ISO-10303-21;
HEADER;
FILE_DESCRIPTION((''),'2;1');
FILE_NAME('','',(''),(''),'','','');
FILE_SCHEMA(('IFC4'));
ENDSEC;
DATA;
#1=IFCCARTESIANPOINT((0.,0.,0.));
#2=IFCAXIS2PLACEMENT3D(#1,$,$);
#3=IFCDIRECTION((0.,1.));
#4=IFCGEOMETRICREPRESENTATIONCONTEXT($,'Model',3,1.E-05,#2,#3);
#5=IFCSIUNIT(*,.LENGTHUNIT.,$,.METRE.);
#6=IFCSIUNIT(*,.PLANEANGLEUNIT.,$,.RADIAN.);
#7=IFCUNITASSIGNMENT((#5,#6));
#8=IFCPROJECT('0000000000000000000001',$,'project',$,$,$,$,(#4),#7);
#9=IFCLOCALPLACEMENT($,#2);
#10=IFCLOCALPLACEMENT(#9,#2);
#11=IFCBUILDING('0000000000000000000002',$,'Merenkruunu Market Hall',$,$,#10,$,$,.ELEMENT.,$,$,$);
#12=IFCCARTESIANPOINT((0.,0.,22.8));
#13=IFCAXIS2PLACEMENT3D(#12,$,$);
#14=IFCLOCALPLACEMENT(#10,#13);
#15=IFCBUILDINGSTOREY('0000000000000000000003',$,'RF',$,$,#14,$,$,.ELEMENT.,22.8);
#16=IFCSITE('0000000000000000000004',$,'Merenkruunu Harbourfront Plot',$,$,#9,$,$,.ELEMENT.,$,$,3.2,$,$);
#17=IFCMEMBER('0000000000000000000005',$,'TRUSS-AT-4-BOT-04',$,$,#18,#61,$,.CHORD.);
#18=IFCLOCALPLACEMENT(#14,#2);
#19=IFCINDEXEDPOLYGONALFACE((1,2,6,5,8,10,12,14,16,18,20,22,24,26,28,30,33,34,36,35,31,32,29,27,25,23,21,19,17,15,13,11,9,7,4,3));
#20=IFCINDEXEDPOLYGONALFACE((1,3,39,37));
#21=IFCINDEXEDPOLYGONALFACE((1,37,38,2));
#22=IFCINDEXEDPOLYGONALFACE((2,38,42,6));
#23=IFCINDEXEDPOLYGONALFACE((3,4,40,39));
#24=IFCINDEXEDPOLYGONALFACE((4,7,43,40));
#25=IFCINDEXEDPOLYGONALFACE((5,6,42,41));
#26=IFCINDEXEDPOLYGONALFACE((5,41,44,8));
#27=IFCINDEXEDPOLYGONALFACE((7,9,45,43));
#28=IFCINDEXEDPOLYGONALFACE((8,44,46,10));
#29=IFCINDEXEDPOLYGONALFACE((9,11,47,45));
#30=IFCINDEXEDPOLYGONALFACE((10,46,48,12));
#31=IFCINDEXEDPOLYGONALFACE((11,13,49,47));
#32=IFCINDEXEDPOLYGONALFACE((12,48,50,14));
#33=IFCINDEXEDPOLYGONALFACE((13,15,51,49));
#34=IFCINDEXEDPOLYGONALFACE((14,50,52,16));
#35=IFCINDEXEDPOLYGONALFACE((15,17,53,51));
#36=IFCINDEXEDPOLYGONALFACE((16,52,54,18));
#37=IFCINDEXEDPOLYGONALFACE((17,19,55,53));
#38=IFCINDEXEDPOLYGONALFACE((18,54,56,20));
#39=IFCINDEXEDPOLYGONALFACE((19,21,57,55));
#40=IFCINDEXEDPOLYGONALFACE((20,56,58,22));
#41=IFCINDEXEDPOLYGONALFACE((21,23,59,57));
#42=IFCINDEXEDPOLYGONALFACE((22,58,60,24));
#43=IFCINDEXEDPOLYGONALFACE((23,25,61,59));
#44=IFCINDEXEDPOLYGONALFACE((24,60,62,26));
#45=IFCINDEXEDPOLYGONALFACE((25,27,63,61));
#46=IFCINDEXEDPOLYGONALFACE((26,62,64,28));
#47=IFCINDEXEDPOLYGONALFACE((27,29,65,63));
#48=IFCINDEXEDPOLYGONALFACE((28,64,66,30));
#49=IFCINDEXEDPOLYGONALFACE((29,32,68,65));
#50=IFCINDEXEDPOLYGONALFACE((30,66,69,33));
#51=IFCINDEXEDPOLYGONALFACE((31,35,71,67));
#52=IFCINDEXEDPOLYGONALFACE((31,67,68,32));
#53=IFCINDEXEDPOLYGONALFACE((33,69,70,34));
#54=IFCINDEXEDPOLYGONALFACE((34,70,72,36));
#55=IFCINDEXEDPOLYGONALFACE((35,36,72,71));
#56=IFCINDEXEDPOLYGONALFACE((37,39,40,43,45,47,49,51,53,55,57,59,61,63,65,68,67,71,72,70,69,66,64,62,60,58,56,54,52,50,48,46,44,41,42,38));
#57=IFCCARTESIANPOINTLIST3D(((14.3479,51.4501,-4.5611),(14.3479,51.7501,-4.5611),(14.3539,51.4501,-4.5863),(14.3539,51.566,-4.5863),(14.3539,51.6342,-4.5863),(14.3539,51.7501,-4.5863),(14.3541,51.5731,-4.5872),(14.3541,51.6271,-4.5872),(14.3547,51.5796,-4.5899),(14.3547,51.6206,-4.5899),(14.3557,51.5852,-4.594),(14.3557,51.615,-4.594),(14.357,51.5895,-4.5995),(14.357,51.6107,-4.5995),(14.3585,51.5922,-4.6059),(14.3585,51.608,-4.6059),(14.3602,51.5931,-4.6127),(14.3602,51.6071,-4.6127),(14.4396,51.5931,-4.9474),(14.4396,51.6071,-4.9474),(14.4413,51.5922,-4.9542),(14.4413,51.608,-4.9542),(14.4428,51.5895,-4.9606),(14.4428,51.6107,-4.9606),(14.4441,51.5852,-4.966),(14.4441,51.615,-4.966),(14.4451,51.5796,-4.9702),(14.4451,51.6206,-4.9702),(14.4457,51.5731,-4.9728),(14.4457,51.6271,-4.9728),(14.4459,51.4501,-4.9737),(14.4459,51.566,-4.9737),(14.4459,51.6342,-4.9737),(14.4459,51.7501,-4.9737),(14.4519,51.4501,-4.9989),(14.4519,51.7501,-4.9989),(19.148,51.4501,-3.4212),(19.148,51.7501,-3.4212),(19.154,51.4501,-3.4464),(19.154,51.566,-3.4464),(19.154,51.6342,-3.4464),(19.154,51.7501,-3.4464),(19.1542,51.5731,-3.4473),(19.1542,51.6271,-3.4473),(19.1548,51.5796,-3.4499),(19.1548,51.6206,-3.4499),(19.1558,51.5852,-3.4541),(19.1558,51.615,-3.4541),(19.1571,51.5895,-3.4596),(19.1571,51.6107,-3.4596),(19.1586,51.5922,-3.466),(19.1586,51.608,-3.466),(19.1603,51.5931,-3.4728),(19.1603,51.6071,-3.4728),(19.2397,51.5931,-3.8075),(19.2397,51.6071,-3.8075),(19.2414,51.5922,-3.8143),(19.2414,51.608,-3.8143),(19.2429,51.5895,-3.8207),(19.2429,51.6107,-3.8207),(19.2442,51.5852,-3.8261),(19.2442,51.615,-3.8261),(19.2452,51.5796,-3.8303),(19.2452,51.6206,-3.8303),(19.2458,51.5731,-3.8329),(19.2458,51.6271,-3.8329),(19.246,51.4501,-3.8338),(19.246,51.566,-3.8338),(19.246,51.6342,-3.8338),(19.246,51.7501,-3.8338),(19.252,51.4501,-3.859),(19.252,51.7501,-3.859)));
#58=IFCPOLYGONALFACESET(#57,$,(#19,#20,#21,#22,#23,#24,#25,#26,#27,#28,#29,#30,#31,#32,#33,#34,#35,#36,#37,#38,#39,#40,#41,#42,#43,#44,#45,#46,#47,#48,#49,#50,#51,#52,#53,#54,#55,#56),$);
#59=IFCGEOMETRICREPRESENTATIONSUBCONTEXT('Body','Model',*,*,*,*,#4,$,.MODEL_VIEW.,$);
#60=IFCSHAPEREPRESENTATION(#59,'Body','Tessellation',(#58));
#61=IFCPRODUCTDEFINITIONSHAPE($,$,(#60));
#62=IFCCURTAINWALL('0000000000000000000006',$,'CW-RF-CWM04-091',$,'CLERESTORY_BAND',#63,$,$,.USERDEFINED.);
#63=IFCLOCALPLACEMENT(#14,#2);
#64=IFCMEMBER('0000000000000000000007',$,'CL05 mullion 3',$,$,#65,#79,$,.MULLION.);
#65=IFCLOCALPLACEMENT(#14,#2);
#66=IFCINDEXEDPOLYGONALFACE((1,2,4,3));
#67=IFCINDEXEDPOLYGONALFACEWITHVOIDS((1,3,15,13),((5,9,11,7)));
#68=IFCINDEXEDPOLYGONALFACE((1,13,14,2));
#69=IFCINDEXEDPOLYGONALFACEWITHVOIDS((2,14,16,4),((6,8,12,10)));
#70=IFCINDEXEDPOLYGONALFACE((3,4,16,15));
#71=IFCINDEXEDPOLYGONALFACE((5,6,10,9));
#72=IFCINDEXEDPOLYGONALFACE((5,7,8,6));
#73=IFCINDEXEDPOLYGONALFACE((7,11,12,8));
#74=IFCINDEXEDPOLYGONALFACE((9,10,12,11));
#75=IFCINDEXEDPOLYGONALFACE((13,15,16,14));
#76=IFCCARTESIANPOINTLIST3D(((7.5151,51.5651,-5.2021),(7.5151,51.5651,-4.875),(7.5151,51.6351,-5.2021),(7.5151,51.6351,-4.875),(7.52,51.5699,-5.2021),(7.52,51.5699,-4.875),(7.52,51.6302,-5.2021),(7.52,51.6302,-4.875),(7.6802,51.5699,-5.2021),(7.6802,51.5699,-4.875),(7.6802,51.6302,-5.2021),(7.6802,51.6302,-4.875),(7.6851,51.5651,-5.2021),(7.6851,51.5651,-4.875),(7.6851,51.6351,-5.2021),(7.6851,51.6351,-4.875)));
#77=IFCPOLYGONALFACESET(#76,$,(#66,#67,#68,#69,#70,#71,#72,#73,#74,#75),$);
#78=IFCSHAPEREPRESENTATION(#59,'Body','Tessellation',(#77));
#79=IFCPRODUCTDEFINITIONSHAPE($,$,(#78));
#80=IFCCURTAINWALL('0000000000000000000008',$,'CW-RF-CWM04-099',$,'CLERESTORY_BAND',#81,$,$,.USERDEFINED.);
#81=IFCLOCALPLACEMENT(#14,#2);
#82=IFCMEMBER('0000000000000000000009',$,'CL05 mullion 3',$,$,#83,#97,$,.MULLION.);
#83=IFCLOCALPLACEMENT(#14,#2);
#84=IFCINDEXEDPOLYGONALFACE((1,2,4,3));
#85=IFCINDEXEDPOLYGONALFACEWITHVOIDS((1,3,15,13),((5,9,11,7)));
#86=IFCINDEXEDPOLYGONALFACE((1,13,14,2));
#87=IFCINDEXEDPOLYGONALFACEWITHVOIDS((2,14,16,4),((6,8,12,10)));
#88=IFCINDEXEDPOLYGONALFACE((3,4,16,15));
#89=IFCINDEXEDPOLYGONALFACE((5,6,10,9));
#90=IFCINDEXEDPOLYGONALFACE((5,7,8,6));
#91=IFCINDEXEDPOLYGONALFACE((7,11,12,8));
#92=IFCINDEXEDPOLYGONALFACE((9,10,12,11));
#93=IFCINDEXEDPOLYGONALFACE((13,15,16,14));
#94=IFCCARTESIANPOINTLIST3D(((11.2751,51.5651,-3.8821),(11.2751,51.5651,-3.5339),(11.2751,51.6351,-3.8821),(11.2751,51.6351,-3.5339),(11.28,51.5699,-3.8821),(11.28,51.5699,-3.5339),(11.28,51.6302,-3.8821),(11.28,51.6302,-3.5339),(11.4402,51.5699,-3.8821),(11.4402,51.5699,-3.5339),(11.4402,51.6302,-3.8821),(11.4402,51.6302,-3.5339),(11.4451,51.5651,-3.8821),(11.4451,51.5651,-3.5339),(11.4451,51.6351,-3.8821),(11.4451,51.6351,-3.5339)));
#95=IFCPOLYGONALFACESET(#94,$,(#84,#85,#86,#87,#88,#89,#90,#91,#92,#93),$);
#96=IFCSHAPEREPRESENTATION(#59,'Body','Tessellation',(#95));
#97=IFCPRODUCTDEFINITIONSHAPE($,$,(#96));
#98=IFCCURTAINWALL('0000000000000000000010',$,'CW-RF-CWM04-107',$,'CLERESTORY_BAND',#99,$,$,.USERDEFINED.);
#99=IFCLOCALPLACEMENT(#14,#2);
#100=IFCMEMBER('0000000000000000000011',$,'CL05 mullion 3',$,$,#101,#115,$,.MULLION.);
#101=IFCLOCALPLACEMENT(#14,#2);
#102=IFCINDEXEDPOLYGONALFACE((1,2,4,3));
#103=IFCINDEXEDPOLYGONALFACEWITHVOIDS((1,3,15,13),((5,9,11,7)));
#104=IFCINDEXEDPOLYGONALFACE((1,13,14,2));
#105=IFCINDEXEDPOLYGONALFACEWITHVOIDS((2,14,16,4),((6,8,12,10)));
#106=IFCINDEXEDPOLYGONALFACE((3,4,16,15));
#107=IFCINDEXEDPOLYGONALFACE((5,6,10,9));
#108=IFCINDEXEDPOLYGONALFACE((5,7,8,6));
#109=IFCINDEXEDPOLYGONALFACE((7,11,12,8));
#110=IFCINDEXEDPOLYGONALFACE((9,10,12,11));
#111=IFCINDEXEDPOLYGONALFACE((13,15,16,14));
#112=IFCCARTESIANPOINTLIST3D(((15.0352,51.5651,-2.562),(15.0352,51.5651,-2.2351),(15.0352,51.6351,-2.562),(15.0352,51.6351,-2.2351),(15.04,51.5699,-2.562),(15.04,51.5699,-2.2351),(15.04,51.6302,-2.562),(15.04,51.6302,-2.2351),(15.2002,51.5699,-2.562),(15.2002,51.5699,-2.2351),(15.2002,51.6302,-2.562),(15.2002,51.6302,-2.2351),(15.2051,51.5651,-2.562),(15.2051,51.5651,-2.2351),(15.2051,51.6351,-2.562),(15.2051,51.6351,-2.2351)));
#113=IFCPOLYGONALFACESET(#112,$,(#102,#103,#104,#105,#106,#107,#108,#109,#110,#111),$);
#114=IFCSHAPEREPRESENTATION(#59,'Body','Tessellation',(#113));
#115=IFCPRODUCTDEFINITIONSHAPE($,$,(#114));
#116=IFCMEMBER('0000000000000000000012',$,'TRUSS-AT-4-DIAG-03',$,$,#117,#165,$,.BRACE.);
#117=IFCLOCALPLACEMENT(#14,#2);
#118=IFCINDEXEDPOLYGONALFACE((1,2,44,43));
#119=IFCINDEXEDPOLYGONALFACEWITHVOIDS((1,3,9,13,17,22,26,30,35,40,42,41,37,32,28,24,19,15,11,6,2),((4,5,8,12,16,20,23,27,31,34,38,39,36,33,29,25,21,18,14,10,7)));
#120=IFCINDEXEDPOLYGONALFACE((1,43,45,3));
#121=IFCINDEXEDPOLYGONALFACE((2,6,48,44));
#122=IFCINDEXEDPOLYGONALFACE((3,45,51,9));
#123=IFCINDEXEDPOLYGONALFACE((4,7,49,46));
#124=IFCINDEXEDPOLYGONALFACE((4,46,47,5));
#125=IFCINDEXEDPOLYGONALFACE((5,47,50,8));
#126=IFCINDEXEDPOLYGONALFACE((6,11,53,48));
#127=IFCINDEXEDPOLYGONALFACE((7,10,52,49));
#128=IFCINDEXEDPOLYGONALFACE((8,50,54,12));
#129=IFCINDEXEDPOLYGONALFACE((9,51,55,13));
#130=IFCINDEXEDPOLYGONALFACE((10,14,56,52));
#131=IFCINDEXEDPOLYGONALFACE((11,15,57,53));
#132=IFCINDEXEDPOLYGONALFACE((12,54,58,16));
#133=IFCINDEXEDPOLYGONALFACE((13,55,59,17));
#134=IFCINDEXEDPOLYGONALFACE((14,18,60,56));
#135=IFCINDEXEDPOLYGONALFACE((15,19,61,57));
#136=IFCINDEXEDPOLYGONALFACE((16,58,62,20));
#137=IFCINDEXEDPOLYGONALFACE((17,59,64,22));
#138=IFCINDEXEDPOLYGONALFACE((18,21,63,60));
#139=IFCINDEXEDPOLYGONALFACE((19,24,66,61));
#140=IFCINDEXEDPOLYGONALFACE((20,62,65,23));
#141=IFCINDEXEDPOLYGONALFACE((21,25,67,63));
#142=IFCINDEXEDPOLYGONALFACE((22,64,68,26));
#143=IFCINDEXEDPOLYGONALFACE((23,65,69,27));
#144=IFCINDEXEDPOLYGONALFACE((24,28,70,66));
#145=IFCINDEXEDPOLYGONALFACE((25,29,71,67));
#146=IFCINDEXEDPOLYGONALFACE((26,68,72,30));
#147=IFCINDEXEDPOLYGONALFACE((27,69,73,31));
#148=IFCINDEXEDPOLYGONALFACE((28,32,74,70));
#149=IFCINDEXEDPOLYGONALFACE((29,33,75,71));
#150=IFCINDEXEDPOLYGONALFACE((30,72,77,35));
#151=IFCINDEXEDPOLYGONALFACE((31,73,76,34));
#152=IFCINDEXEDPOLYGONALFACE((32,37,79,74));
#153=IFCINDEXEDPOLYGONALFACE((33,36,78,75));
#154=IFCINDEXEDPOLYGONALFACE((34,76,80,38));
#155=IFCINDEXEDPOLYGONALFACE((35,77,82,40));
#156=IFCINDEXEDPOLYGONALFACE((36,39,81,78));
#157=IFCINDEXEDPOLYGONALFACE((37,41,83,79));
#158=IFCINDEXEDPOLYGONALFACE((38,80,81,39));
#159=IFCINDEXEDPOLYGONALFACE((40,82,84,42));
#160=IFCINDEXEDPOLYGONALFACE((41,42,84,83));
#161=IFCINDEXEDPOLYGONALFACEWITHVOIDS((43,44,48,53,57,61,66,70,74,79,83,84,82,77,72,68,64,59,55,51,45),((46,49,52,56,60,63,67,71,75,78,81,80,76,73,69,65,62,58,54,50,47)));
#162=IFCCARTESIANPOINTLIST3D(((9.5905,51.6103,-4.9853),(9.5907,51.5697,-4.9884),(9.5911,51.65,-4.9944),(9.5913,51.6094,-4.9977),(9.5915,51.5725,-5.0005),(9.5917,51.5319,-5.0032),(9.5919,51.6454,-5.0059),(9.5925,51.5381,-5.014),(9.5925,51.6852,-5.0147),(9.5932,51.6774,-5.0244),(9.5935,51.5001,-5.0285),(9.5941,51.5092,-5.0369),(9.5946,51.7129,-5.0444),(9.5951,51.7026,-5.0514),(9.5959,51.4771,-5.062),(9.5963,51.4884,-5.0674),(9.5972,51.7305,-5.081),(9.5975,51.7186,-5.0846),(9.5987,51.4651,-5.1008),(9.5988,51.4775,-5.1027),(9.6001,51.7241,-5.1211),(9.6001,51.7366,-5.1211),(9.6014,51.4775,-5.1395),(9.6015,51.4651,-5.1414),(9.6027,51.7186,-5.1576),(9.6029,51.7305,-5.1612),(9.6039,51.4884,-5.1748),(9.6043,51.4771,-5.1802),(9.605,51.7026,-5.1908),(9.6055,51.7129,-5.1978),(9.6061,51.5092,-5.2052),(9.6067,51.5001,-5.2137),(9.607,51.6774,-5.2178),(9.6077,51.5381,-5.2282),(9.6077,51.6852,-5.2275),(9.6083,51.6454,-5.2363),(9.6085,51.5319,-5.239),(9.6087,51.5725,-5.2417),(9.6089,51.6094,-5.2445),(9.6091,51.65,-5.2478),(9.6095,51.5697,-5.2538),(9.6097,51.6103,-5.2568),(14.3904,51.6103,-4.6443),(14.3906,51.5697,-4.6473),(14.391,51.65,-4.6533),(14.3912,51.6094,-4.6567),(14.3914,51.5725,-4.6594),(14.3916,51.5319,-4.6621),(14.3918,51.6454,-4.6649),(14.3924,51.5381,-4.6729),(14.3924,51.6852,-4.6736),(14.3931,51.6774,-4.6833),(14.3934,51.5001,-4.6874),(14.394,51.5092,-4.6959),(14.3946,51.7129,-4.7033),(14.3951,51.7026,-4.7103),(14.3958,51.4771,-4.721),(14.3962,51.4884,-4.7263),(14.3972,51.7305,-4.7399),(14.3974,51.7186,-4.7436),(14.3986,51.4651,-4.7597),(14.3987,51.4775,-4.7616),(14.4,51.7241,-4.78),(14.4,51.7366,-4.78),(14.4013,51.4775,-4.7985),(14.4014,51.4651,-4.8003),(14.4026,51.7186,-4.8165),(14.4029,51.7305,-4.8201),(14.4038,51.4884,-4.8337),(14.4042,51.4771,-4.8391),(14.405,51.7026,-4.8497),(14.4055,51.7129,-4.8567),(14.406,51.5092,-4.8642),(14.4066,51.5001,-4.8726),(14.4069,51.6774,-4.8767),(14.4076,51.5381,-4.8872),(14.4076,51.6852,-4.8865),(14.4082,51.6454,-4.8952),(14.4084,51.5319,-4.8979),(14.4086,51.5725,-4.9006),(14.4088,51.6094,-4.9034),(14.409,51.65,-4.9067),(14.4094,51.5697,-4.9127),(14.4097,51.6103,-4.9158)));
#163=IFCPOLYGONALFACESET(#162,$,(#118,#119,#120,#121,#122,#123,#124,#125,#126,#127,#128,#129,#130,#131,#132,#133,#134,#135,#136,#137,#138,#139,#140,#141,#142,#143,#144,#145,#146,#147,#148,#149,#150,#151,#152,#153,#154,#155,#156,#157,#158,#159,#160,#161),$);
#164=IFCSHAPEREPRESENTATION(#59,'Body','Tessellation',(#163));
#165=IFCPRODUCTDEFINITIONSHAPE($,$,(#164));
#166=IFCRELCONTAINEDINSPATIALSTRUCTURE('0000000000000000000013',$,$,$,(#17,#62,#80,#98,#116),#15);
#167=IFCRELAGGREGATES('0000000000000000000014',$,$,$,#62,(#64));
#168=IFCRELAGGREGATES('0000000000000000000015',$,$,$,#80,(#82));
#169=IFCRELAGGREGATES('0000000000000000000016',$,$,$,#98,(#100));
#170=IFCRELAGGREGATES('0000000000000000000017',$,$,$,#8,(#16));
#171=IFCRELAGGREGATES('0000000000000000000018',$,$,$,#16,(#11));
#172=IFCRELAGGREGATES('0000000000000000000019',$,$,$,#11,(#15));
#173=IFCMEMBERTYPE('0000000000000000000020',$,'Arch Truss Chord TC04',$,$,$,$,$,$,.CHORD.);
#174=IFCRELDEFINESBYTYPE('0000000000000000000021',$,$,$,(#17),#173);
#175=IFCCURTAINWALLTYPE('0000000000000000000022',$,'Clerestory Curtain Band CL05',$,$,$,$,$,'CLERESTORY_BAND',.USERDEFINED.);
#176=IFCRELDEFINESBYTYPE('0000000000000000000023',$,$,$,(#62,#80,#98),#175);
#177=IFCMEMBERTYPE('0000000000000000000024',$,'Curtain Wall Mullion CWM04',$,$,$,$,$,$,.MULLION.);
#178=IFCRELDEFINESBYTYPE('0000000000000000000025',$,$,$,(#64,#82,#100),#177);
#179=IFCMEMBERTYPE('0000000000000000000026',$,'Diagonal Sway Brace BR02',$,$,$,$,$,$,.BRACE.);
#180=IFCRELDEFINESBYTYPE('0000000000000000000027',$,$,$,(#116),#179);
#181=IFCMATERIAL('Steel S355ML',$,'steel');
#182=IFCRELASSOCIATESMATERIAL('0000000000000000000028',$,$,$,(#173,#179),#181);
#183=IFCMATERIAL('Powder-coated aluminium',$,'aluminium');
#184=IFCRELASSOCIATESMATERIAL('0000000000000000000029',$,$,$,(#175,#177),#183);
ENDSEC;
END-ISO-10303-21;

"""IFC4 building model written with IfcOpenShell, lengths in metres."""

from ifc_helpers import new_model, si_unit, direction, frame, origin, origin_2d, place, context, subcontext, project, spatial, hollow_rectangle, hollow_circle, i_section, extrude, material, material_profile, profile_set, type_object, element, aggregate, save


model = new_model("IFC4")

# Units and contexts
model_context = context("Model", 3, precision=1e-05, world=origin(), true_north=direction((0.0, 1.0)))
body_context = subcontext(model_context, "Body", "Model", "MODEL_VIEW")
ifc_project = project(units=[si_unit("LENGTHUNIT", "METRE"), si_unit("PLANEANGLEUNIT", "RADIAN")], contexts=[model_context])

# Site, building, storey
site_placement = place(None, origin())
site = spatial("IfcSite", under=ifc_project, at=site_placement, Name="Merenkruunu Harbourfront Plot", CompositionType="ELEMENT", RefElevation=3.2)
building_placement = place(site_placement, origin())
building = spatial("IfcBuilding", under=site, at=building_placement, Name="Merenkruunu Market Hall", CompositionType="ELEMENT")
storey_placement = place(building_placement, frame((0.0, 0.0, 22.8)))
storey = spatial("IfcBuildingStorey", under=building, at=storey_placement, Name="RF", CompositionType="ELEMENT", Elevation=22.8)

# Member
ifc_material_1 = material(Name="Steel S355ML", Category="steel")
ifc_material_profile_1 = material_profile(ifc_material_1, i_section(OverallWidth=0.3, OverallDepth=0.45, WebThickness=0.0139, FlangeThickness=0.0259, FilletRadius=0.0271, at=origin_2d()), Name="HEB 450")
ifc_profile_set_1 = profile_set([ifc_material_profile_1], Name="Steel S355ML")
member_type_1 = type_object("IfcMemberType", Name="Arch Truss Chord TC04", PredefinedType="CHORD", material=ifc_profile_set_1)
member_1_placement = place(storey_placement, frame((14.3999, 51.6001, -4.78), z_axis=(0.972942, 0.0, 0.23105), x_axis=(0.0, 1.0, 0.0)))
element("IfcMember", 1, at=member_1_placement, inside=storey, type_object=member_type_1, Name="TRUSS-AT-4-BOT-04", PredefinedType="CHORD", context=body_context, shape_type="SweptSolid", body=[
    extrude(i_section(OverallWidth=0.3, OverallDepth=0.45, WebThickness=0.0139, FlangeThickness=0.0259, FilletRadius=0.0271, at=origin_2d()), origin(), (0.0, 0.0, 1.0), 4.9336),
])

# Curtain walls, members
ifc_material_2 = material(Name="Powder-coated aluminium", Category="aluminium")
curtain_wall_type = type_object("IfcCurtainWallType", Name="Clerestory Curtain Band CL05", ElementType="CLERESTORY_BAND", PredefinedType="USERDEFINED", material=ifc_material_2)
curtain_wall_1_placement = place(storey_placement, origin())
curtain_wall_1 = element("IfcCurtainWall", 2, at=curtain_wall_1_placement, inside=storey, type_object=curtain_wall_type, Name="CW-RF-CWM04-091", ObjectType="CLERESTORY_BAND", PredefinedType="USERDEFINED")
ifc_material_profile_2 = material_profile(ifc_material_2, hollow_rectangle(XDim=0.0701, YDim=0.1699, WallThickness=0.0049, at=origin_2d()), Name="ALU 70x170x5")
ifc_profile_set_2 = profile_set([ifc_material_profile_2], Name="Powder-coated aluminium")
member_type_2 = type_object("IfcMemberType", Name="Curtain Wall Mullion CWM04", PredefinedType="MULLION", material=ifc_profile_set_2)
member_2_placement = place(storey_placement, frame((7.6001, 51.6001, -5.2021), z_axis=(0.0, 0.0, 1.0), x_axis=(0.0, 1.0, 0.0)))
member_2 = element("IfcMember", 3, at=member_2_placement, type_object=member_type_2, Name="CL05 mullion 3", PredefinedType="MULLION", context=body_context, shape_type="SweptSolid", body=[
    extrude(hollow_rectangle(XDim=0.0701, YDim=0.1699, WallThickness=0.0049, at=origin_2d()), origin(), (0.0, 0.0, 1.0), 0.3271),
])
aggregate(curtain_wall_1, [member_2])
curtain_wall_2_placement = place(storey_placement, origin())
curtain_wall_2 = element("IfcCurtainWall", 4, at=curtain_wall_2_placement, inside=storey, type_object=curtain_wall_type, Name="CW-RF-CWM04-099", ObjectType="CLERESTORY_BAND", PredefinedType="USERDEFINED")
member_3_placement = place(storey_placement, frame((11.3601, 51.6001, -3.8821), z_axis=(0.0, 0.0, 1.0), x_axis=(0.0, 1.0, 0.0)))
member_3 = element("IfcMember", 5, at=member_3_placement, type_object=member_type_2, Name="CL05 mullion 3", PredefinedType="MULLION", context=body_context, shape_type="SweptSolid", body=[
    extrude(hollow_rectangle(XDim=0.0701, YDim=0.1699, WallThickness=0.0049, at=origin_2d()), origin(), (0.0, 0.0, 1.0), 0.3481),
])
aggregate(curtain_wall_2, [member_3])
curtain_wall_3_placement = place(storey_placement, origin())
curtain_wall_3 = element("IfcCurtainWall", 6, at=curtain_wall_3_placement, inside=storey, type_object=curtain_wall_type, Name="CW-RF-CWM04-107", ObjectType="CLERESTORY_BAND", PredefinedType="USERDEFINED")
member_4_placement = place(storey_placement, frame((15.1201, 51.6001, -2.562), z_axis=(0.0, 0.0, 1.0), x_axis=(0.0, 1.0, 0.0)))
member_4 = element("IfcMember", 7, at=member_4_placement, type_object=member_type_2, Name="CL05 mullion 3", PredefinedType="MULLION", context=body_context, shape_type="SweptSolid", body=[
    extrude(hollow_rectangle(XDim=0.0701, YDim=0.1699, WallThickness=0.0049, at=origin_2d()), origin(), (0.0, 0.0, 1.0), 0.3269),
])
aggregate(curtain_wall_3, [member_4])

# Member
ifc_material_profile_3 = material_profile(ifc_material_1, hollow_circle(Radius=0.1365, WallThickness=0.0125, at=origin_2d()), Name="CHS 273x12.5")
ifc_profile_set_3 = profile_set([ifc_material_profile_3], Name="Steel S355ML")
member_type_3 = type_object("IfcMemberType", Name="Diagonal Sway Brace BR02", PredefinedType="BRACE", material=ifc_profile_set_3)
member_5_placement = place(storey_placement, frame((9.6001, 51.6001, -5.1211), z_axis=(0.997485, 0.0, 0.070879), x_axis=(0.0, 1.0, 0.0)))
element("IfcMember", 8, at=member_5_placement, inside=storey, type_object=member_type_3, Name="TRUSS-AT-4-DIAG-03", PredefinedType="BRACE", context=body_context, shape_type="SweptSolid", body=[
    extrude(hollow_circle(Radius=0.1365, WallThickness=0.0125, at=origin_2d()), origin(), (0.0, 0.0, 1.0), 4.812),
])

save(model, "model.ifc")
